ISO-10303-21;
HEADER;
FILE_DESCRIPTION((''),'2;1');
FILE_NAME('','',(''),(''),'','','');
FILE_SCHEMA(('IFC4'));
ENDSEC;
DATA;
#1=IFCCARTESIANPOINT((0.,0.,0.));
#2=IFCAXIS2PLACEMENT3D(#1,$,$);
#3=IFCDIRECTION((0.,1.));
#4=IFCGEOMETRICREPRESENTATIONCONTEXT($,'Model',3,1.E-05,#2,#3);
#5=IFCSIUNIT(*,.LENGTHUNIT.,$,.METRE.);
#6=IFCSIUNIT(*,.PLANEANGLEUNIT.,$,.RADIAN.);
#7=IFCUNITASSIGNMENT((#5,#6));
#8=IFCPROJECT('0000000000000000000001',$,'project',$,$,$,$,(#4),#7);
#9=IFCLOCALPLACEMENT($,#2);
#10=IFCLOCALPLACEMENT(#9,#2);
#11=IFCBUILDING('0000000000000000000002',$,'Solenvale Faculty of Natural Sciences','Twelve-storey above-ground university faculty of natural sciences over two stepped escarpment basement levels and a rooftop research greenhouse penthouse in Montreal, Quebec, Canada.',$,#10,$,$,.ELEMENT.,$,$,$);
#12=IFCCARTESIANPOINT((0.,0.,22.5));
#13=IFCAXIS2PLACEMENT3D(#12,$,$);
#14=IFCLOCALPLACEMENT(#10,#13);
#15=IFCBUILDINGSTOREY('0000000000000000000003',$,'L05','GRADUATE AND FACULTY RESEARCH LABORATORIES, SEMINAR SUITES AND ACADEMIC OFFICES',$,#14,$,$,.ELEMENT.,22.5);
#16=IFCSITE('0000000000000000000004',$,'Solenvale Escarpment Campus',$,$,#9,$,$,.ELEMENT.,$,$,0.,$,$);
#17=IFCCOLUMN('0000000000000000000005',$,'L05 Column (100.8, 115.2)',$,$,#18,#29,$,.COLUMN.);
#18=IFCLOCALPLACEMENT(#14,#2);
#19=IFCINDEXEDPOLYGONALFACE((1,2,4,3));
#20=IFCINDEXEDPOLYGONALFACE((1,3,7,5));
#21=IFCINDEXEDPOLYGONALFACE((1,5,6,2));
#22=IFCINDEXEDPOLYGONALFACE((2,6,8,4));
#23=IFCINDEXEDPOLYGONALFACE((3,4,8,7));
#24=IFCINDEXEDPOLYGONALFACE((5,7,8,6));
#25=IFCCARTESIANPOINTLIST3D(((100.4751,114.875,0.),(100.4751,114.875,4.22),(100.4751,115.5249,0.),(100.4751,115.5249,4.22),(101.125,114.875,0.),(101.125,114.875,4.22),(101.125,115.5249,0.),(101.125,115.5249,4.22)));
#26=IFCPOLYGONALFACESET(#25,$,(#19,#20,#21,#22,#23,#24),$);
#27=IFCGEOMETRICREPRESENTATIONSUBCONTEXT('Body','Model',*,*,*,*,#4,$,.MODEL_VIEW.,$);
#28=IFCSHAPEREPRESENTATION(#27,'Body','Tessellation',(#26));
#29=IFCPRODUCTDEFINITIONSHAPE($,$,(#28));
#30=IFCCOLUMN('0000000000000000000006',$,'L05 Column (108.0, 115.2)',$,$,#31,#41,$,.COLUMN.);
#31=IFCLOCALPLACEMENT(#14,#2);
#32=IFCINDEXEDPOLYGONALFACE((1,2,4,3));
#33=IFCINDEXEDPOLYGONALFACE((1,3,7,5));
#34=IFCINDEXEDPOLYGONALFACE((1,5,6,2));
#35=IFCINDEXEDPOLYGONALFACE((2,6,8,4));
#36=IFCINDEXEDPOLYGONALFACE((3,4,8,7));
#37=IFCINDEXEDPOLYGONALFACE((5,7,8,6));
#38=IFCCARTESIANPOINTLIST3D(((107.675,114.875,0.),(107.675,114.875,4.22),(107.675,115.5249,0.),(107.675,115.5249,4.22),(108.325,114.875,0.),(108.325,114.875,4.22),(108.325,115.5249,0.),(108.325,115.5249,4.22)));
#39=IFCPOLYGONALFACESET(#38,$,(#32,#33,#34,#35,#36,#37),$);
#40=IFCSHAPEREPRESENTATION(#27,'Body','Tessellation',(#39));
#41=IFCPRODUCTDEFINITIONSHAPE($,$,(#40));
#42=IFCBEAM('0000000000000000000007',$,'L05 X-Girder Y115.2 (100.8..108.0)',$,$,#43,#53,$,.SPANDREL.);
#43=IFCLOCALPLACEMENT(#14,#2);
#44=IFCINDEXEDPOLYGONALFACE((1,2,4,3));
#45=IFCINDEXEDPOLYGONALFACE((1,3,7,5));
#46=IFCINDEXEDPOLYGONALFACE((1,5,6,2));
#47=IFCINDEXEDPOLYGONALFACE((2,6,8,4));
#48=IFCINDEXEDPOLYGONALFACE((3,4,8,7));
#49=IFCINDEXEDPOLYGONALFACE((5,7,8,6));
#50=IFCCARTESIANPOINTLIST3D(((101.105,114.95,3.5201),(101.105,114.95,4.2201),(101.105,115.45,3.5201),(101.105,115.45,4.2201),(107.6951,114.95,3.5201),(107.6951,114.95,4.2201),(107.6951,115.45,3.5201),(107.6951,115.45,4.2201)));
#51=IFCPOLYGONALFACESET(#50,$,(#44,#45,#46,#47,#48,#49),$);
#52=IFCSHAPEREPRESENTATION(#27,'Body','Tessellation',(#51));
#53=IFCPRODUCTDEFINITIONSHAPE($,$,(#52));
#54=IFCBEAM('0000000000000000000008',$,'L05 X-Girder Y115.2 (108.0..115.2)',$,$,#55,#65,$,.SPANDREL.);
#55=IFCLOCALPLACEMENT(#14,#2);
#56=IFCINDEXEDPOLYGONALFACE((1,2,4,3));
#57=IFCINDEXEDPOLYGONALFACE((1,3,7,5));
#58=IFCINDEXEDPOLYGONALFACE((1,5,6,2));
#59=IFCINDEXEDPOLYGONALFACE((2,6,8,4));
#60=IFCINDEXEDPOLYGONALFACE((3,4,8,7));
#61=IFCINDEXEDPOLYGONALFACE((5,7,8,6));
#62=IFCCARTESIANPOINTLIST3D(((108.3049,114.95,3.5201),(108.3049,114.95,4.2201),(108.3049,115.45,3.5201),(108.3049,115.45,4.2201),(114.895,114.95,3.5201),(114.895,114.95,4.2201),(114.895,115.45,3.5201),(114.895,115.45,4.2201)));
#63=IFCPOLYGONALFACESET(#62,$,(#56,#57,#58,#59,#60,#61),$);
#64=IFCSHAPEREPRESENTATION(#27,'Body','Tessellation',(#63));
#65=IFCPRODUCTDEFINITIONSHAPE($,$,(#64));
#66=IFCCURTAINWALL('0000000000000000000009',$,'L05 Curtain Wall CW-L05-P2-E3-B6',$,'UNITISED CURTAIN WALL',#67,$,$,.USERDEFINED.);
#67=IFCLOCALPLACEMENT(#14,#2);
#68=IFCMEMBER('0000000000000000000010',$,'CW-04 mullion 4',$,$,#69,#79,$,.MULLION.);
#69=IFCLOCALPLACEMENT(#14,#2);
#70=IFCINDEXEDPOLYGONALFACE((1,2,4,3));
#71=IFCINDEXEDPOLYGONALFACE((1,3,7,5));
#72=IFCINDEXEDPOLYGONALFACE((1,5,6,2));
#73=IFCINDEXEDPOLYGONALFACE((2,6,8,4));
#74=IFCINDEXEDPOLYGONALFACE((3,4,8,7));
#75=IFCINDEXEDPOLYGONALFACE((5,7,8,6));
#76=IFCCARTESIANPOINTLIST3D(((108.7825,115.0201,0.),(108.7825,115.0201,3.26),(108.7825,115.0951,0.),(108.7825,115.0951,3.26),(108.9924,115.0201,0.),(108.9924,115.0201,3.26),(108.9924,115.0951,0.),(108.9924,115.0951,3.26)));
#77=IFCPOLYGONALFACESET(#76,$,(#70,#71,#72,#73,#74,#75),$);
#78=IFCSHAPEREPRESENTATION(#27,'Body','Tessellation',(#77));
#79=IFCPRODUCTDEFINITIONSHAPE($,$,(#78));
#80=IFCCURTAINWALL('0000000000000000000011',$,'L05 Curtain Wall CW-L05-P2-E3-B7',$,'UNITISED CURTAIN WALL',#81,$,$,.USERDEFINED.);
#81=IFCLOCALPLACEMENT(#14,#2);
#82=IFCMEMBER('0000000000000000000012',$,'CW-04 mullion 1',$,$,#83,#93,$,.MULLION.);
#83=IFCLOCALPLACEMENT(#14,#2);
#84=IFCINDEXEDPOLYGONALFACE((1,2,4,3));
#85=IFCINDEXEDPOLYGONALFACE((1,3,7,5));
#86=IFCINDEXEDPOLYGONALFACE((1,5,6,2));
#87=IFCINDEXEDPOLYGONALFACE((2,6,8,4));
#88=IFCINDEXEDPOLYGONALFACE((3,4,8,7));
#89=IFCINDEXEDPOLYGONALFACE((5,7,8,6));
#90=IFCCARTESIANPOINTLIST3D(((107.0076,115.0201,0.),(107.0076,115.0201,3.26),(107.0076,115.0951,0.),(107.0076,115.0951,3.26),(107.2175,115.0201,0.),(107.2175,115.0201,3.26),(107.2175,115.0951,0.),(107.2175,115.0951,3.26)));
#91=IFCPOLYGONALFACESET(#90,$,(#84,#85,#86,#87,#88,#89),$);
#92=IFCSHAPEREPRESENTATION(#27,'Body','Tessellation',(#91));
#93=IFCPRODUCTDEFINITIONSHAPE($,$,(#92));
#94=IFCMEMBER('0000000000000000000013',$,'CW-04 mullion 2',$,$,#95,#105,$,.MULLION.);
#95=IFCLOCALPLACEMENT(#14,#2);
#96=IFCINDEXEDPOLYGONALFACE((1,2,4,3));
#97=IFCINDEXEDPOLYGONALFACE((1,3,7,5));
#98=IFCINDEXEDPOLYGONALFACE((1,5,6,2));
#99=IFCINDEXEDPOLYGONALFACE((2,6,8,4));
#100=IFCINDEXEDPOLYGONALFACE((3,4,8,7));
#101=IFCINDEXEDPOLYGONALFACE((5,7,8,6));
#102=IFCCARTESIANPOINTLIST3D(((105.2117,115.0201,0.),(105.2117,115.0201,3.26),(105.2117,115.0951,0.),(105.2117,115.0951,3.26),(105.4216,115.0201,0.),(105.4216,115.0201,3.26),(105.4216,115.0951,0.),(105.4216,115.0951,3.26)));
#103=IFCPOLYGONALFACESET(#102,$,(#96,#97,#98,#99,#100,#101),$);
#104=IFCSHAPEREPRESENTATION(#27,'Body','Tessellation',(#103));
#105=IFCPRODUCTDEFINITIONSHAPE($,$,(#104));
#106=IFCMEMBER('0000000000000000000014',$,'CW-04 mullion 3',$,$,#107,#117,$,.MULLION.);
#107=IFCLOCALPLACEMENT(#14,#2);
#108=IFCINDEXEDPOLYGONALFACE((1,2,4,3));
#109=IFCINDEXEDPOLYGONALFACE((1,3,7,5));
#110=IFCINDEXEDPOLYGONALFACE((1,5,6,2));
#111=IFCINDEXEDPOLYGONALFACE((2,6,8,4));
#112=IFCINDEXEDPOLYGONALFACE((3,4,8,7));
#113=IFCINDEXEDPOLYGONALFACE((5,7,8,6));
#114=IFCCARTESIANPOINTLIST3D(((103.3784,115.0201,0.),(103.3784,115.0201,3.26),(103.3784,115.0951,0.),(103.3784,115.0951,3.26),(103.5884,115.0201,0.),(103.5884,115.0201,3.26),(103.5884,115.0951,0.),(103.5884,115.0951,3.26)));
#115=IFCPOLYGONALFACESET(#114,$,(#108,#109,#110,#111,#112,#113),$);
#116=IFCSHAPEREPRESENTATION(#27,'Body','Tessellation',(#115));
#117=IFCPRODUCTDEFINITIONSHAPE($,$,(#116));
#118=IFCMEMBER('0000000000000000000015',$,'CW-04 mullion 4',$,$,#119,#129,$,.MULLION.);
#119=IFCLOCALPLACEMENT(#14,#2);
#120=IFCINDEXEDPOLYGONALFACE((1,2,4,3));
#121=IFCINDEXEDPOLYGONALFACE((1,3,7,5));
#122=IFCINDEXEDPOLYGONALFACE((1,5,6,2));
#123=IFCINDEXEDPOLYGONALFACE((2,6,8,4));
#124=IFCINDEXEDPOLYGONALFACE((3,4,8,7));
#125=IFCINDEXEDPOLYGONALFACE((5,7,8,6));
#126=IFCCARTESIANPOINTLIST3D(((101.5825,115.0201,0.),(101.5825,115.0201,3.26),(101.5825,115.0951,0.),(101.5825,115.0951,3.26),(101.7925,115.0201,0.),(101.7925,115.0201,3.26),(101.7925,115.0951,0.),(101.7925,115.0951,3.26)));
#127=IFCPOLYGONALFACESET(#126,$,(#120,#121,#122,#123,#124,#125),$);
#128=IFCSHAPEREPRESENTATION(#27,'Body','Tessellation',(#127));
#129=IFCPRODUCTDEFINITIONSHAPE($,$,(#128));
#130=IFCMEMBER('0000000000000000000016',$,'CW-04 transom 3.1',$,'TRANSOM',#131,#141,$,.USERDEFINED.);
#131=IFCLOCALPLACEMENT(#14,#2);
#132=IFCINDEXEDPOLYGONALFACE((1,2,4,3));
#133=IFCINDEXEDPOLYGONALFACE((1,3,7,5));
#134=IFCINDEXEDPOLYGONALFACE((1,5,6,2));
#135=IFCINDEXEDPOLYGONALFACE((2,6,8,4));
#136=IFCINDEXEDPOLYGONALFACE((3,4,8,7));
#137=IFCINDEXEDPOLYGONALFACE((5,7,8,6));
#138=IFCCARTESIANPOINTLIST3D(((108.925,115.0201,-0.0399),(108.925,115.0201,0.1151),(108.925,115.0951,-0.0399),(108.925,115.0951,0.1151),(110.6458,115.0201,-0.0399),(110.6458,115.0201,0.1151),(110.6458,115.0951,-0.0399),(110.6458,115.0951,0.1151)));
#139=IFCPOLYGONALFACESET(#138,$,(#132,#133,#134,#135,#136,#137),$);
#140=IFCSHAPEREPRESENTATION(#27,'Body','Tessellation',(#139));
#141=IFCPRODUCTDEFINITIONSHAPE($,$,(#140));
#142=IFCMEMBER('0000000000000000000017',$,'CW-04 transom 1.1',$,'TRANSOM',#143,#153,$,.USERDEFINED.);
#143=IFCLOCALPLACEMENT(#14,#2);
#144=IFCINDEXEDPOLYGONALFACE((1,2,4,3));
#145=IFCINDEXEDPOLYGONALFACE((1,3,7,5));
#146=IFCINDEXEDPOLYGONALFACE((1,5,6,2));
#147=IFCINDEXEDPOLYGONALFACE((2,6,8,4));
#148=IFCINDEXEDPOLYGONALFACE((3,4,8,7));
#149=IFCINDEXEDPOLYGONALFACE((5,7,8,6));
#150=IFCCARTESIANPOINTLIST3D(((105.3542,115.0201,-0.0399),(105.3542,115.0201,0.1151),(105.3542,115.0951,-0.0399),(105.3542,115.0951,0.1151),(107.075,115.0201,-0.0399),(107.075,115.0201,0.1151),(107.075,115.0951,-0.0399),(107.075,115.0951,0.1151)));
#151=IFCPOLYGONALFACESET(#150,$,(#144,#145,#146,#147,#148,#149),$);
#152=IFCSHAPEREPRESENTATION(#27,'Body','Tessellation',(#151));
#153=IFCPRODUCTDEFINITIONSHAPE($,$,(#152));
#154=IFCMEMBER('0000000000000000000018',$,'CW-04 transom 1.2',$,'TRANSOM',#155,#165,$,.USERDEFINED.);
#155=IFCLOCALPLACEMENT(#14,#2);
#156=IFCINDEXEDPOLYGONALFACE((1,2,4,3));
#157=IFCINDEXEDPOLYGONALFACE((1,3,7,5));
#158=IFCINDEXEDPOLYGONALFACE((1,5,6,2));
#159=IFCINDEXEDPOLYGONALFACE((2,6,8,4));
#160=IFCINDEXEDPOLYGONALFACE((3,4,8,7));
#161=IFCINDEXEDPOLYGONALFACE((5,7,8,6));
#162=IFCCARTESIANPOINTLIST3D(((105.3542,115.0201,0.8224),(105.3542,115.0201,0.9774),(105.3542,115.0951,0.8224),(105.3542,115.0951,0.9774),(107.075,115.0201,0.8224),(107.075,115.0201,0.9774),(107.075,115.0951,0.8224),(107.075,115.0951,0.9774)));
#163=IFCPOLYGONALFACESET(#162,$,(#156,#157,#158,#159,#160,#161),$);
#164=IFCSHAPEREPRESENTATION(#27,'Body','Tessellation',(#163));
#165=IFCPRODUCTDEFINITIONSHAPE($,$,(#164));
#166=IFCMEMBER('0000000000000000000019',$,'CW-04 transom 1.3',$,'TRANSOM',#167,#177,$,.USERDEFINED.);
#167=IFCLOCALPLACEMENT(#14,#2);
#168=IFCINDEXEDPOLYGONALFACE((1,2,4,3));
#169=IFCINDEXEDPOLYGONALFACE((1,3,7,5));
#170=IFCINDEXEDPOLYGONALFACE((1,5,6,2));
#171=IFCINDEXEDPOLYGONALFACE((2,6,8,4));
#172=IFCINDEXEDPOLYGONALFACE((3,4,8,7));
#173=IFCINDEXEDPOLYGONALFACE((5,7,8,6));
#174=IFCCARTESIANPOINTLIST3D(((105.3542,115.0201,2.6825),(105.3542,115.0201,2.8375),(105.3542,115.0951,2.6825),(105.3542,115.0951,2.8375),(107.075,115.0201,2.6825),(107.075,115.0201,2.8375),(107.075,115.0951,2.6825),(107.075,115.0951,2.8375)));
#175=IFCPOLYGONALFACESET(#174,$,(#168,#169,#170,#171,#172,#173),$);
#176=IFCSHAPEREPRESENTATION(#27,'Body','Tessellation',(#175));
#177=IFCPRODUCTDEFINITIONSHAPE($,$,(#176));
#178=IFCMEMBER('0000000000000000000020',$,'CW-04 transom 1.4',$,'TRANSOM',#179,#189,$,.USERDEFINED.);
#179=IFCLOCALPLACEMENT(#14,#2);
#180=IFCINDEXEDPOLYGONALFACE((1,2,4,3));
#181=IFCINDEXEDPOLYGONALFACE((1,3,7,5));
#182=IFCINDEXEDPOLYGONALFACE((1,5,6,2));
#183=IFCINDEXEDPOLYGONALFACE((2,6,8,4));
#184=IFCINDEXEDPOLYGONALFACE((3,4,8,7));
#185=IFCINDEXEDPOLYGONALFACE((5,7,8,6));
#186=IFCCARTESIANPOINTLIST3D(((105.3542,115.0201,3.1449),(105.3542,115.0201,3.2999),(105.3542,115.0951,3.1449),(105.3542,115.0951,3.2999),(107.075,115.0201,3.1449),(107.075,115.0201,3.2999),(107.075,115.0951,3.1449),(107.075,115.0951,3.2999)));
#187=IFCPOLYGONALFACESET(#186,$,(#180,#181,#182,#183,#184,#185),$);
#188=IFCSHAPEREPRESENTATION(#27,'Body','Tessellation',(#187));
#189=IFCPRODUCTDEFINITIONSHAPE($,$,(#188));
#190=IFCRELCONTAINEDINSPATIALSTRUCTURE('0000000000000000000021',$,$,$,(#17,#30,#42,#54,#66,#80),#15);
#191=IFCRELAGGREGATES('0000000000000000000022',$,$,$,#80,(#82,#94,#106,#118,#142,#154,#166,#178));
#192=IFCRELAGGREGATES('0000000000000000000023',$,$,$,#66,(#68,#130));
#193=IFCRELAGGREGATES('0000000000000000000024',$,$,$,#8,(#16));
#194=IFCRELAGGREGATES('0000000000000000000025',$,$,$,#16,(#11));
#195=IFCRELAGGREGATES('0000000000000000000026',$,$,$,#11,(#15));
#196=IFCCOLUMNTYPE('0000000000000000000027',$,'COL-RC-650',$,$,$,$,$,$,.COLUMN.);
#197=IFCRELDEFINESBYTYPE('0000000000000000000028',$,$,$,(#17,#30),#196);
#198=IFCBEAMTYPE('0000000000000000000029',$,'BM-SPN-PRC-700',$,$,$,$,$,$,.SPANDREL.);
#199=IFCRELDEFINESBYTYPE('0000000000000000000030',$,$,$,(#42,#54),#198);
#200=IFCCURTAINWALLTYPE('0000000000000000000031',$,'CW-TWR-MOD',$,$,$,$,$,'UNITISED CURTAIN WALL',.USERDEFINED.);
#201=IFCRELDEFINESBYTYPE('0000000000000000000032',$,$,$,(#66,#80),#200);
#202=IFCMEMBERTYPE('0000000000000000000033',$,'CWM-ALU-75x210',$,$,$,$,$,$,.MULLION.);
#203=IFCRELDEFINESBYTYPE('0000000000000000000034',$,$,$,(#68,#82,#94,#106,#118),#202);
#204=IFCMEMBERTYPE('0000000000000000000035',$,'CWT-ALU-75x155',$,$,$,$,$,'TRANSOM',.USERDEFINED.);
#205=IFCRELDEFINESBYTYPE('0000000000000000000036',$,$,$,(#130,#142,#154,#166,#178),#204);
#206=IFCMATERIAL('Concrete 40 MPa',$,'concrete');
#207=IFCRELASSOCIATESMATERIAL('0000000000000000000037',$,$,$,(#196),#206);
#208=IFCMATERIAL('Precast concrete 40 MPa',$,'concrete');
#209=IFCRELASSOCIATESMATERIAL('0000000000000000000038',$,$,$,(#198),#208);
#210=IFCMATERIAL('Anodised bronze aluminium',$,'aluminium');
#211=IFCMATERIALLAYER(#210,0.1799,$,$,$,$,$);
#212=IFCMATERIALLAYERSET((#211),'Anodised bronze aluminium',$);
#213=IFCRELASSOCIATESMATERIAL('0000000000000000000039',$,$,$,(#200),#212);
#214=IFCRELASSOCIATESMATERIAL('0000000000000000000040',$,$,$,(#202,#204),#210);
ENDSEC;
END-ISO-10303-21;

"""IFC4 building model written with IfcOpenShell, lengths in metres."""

from ifc_helpers import new_model, si_unit, direction, frame, origin, origin_2d, place, context, subcontext, project, spatial, rectangle, extrude, material, layer, layer_set, material_profile, profile_set, type_object, element, aggregate, save


model = new_model("IFC4")

# Units and contexts
model_context = context("Model", 3, precision=1e-05, world=origin(), true_north=direction((0.0, 1.0)))
body_context = subcontext(model_context, "Body", "Model", "MODEL_VIEW")
ifc_project = project(units=[si_unit("LENGTHUNIT", "METRE"), si_unit("PLANEANGLEUNIT", "RADIAN")], contexts=[model_context])

# Site, building, storey
site_placement = place(None, origin())
site = spatial("IfcSite", under=ifc_project, at=site_placement, Name="Solenvale Escarpment Campus", CompositionType="ELEMENT", RefElevation=0.0)
building_placement = place(site_placement, origin())
building = spatial("IfcBuilding", under=site, at=building_placement, Name="Solenvale Faculty of Natural Sciences", Description="Twelve-storey above-ground university faculty of natural sciences over two stepped escarpment basement levels and a rooftop research greenhouse penthouse in Montreal, Quebec, Canada.", CompositionType="ELEMENT")
storey_placement = place(building_placement, frame((0.0, 0.0, 22.5)))
storey = spatial("IfcBuildingStorey", under=building, at=storey_placement, Name="L05", Description="GRADUATE AND FACULTY RESEARCH LABORATORIES, SEMINAR SUITES AND ACADEMIC OFFICES", CompositionType="ELEMENT", Elevation=22.5)

# Columns
ifc_material_1 = material(Name="Concrete 40 MPa", Category="concrete")
ifc_material_profile_1 = material_profile(ifc_material_1, rectangle(XDim=0.6499, YDim=0.6499, at=origin_2d()), Name="RC-COL-650x650")
ifc_profile_set_1 = profile_set([ifc_material_profile_1], Name="Concrete 40 MPa")
column_type = type_object("IfcColumnType", Name="COL-RC-650", PredefinedType="COLUMN", material=ifc_profile_set_1)
for number, where, z_axis, x_axis, name in (
    (1, (100.8, 115.2, 0.0), (0.0, 0.0, 1.0), (1.0, 0.0, 0.0), "L05 Column (100.8, 115.2)"),
    (2, (108.0, 115.2, 0.0), (0.0, 0.0, 1.0), (1.0, 0.0, 0.0), "L05 Column (108.0, 115.2)"),
):
    element("IfcColumn", number, at=place(storey_placement, frame(where, z_axis=z_axis, x_axis=x_axis)), inside=storey, type_object=column_type, Name=name, PredefinedType="COLUMN", context=body_context, shape_type="SweptSolid", body=[
        extrude(rectangle(XDim=0.6499, YDim=0.6499, at=origin_2d()), origin(), (0.0, 0.0, 1.0), 4.22),
    ])

# Beams
ifc_material_2 = material(Name="Precast concrete 40 MPa", Category="concrete")
ifc_material_profile_2 = material_profile(ifc_material_2, rectangle(XDim=0.5, YDim=0.7, at=origin_2d()), Name="RC-BM-500x700")
ifc_profile_set_2 = profile_set([ifc_material_profile_2], Name="Precast concrete 40 MPa")
beam_type = type_object("IfcBeamType", Name="BM-SPN-PRC-700", PredefinedType="SPANDREL", material=ifc_profile_set_2)
for number, where, z_axis, x_axis, name in (
    (3, (101.105, 115.2, 3.8701), (1.0, 0.0, 0.0), (0.0, 1.0, 0.0), "L05 X-Girder Y115.2 (100.8..108.0)"),
    (4, (108.3049, 115.2, 3.8701), (1.0, 0.0, 0.0), (0.0, 1.0, 0.0), "L05 X-Girder Y115.2 (108.0..115.2)"),
):
    element("IfcBeam", number, at=place(storey_placement, frame(where, z_axis=z_axis, x_axis=x_axis)), inside=storey, type_object=beam_type, Name=name, PredefinedType="SPANDREL", context=body_context, shape_type="SweptSolid", body=[
        extrude(rectangle(XDim=0.5, YDim=0.7, at=origin_2d()), origin(), (0.0, 0.0, 1.0), 6.5901),
    ])

# Curtain wall, member
ifc_material_3 = material(Name="Anodised bronze aluminium", Category="aluminium")
ifc_layer_1 = layer(ifc_material_3, 0.1799)
ifc_layer_set_1 = layer_set([ifc_layer_1], Name="Anodised bronze aluminium")
curtain_wall_type = type_object("IfcCurtainWallType", Name="CW-TWR-MOD", ElementType="UNITISED CURTAIN WALL", PredefinedType="USERDEFINED", material=ifc_layer_set_1)
curtain_wall_1_placement = place(storey_placement, origin())
curtain_wall_1 = element("IfcCurtainWall", 5, at=curtain_wall_1_placement, inside=storey, type_object=curtain_wall_type, Name="L05 Curtain Wall CW-L05-P2-E3-B6", ObjectType="UNITISED CURTAIN WALL", PredefinedType="USERDEFINED")
ifc_material_profile_3 = material_profile(ifc_material_3, rectangle(XDim=0.075, YDim=0.21, at=origin_2d()), Name="ALU-MUL-75x210")
ifc_profile_set_3 = profile_set([ifc_material_profile_3], Name="Anodised bronze aluminium")
member_type_1 = type_object("IfcMemberType", Name="CWM-ALU-75x210", PredefinedType="MULLION", material=ifc_profile_set_3)
member_1_placement = place(storey_placement, frame((108.8875, 115.0576, 0.0), z_axis=(0.0, 0.0, 1.0), x_axis=(0.0, -1.0, 0.0)))
member_1 = element("IfcMember", 6, at=member_1_placement, type_object=member_type_1, Name="CW-04 mullion 4", PredefinedType="MULLION", context=body_context, shape_type="SweptSolid", body=[
    extrude(rectangle(XDim=0.075, YDim=0.21, at=origin_2d()), origin(), (0.0, 0.0, 1.0), 3.26),
])

# Curtain wall, members
curtain_wall_2_placement = place(storey_placement, origin())
curtain_wall_2 = element("IfcCurtainWall", 7, at=curtain_wall_2_placement, inside=storey, type_object=curtain_wall_type, Name="L05 Curtain Wall CW-L05-P2-E3-B7", ObjectType="UNITISED CURTAIN WALL", PredefinedType="USERDEFINED")
member_2_placement = place(storey_placement, frame((107.1125, 115.0576, 0.0), z_axis=(0.0, 0.0, 1.0), x_axis=(0.0, -1.0, 0.0)))
member_2 = element("IfcMember", 8, at=member_2_placement, type_object=member_type_1, Name="CW-04 mullion 1", PredefinedType="MULLION", context=body_context, shape_type="SweptSolid", body=[
    extrude(rectangle(XDim=0.075, YDim=0.21, at=origin_2d()), origin(), (0.0, 0.0, 1.0), 3.26),
])
member_3_placement = place(storey_placement, frame((105.3167, 115.0576, 0.0), z_axis=(0.0, 0.0, 1.0), x_axis=(0.0, -1.0, 0.0)))
member_3 = element("IfcMember", 9, at=member_3_placement, type_object=member_type_1, Name="CW-04 mullion 2", PredefinedType="MULLION", context=body_context, shape_type="SweptSolid", body=[
    extrude(rectangle(XDim=0.075, YDim=0.21, at=origin_2d()), origin(), (0.0, 0.0, 1.0), 3.26),
])
member_4_placement = place(storey_placement, frame((103.4834, 115.0576, 0.0), z_axis=(0.0, 0.0, 1.0), x_axis=(0.0, -1.0, 0.0)))
member_4 = element("IfcMember", 10, at=member_4_placement, type_object=member_type_1, Name="CW-04 mullion 3", PredefinedType="MULLION", context=body_context, shape_type="SweptSolid", body=[
    extrude(rectangle(XDim=0.075, YDim=0.21, at=origin_2d()), origin(), (0.0, 0.0, 1.0), 3.26),
])
member_5_placement = place(storey_placement, frame((101.6875, 115.0576, 0.0), z_axis=(0.0, 0.0, 1.0), x_axis=(0.0, -1.0, 0.0)))
member_5 = element("IfcMember", 11, at=member_5_placement, type_object=member_type_1, Name="CW-04 mullion 4", PredefinedType="MULLION", context=body_context, shape_type="SweptSolid", body=[
    extrude(rectangle(XDim=0.075, YDim=0.21, at=origin_2d()), origin(), (0.0, 0.0, 1.0), 3.26),
])

# Members
ifc_material_profile_4 = material_profile(ifc_material_3, rectangle(XDim=0.075, YDim=0.155, at=origin_2d()), Name="ALU-TRN-75x155")
ifc_profile_set_4 = profile_set([ifc_material_profile_4], Name="Anodised bronze aluminium")
member_type_2 = type_object("IfcMemberType", Name="CWT-ALU-75x155", ElementType="TRANSOM", PredefinedType="USERDEFINED", material=ifc_profile_set_4)
member_6_placement = place(storey_placement, frame((110.6458, 115.0576, 0.0376), z_axis=(-1.0, 0.0, 0.0), x_axis=(0.0, -1.0, 0.0)))
member_6 = element("IfcMember", 12, at=member_6_placement, type_object=member_type_2, Name="CW-04 transom 3.1", ObjectType="TRANSOM", PredefinedType="USERDEFINED", context=body_context, shape_type="SweptSolid", body=[
    extrude(rectangle(XDim=0.075, YDim=0.155, at=origin_2d()), origin(), (0.0, 0.0, 1.0), 1.7207),
])
member_7_placement = place(storey_placement, frame((107.075, 115.0576, 0.0376), z_axis=(-1.0, 0.0, 0.0), x_axis=(0.0, -1.0, 0.0)))
member_7 = element("IfcMember", 13, at=member_7_placement, type_object=member_type_2, Name="CW-04 transom 1.1", ObjectType="TRANSOM", PredefinedType="USERDEFINED", context=body_context, shape_type="SweptSolid", body=[
    extrude(rectangle(XDim=0.075, YDim=0.155, at=origin_2d()), origin(), (0.0, 0.0, 1.0), 1.7207),
])
member_8_placement = place(storey_placement, frame((107.075, 115.0576, 0.8999), z_axis=(-1.0, 0.0, 0.0), x_axis=(0.0, -1.0, 0.0)))
member_8 = element("IfcMember", 14, at=member_8_placement, type_object=member_type_2, Name="CW-04 transom 1.2", ObjectType="TRANSOM", PredefinedType="USERDEFINED", context=body_context, shape_type="SweptSolid", body=[
    extrude(rectangle(XDim=0.075, YDim=0.155, at=origin_2d()), origin(), (0.0, 0.0, 1.0), 1.7207),
])
member_9_placement = place(storey_placement, frame((107.075, 115.0576, 2.76), z_axis=(-1.0, 0.0, 0.0), x_axis=(0.0, -1.0, 0.0)))
member_9 = element("IfcMember", 15, at=member_9_placement, type_object=member_type_2, Name="CW-04 transom 1.3", ObjectType="TRANSOM", PredefinedType="USERDEFINED", context=body_context, shape_type="SweptSolid", body=[
    extrude(rectangle(XDim=0.075, YDim=0.155, at=origin_2d()), origin(), (0.0, 0.0, 1.0), 1.7207),
])
member_10_placement = place(storey_placement, frame((107.075, 115.0576, 3.2224), z_axis=(-1.0, 0.0, 0.0), x_axis=(0.0, -1.0, 0.0)))
member_10 = element("IfcMember", 16, at=member_10_placement, type_object=member_type_2, Name="CW-04 transom 1.4", ObjectType="TRANSOM", PredefinedType="USERDEFINED", context=body_context, shape_type="SweptSolid", body=[
    extrude(rectangle(XDim=0.075, YDim=0.155, at=origin_2d()), origin(), (0.0, 0.0, 1.0), 1.7207),
])

aggregate(curtain_wall_2, [member_2, member_3, member_4, member_5, member_7, member_8, member_9, member_10])
aggregate(curtain_wall_1, [member_1, member_6])

save(model, "model.ifc")
